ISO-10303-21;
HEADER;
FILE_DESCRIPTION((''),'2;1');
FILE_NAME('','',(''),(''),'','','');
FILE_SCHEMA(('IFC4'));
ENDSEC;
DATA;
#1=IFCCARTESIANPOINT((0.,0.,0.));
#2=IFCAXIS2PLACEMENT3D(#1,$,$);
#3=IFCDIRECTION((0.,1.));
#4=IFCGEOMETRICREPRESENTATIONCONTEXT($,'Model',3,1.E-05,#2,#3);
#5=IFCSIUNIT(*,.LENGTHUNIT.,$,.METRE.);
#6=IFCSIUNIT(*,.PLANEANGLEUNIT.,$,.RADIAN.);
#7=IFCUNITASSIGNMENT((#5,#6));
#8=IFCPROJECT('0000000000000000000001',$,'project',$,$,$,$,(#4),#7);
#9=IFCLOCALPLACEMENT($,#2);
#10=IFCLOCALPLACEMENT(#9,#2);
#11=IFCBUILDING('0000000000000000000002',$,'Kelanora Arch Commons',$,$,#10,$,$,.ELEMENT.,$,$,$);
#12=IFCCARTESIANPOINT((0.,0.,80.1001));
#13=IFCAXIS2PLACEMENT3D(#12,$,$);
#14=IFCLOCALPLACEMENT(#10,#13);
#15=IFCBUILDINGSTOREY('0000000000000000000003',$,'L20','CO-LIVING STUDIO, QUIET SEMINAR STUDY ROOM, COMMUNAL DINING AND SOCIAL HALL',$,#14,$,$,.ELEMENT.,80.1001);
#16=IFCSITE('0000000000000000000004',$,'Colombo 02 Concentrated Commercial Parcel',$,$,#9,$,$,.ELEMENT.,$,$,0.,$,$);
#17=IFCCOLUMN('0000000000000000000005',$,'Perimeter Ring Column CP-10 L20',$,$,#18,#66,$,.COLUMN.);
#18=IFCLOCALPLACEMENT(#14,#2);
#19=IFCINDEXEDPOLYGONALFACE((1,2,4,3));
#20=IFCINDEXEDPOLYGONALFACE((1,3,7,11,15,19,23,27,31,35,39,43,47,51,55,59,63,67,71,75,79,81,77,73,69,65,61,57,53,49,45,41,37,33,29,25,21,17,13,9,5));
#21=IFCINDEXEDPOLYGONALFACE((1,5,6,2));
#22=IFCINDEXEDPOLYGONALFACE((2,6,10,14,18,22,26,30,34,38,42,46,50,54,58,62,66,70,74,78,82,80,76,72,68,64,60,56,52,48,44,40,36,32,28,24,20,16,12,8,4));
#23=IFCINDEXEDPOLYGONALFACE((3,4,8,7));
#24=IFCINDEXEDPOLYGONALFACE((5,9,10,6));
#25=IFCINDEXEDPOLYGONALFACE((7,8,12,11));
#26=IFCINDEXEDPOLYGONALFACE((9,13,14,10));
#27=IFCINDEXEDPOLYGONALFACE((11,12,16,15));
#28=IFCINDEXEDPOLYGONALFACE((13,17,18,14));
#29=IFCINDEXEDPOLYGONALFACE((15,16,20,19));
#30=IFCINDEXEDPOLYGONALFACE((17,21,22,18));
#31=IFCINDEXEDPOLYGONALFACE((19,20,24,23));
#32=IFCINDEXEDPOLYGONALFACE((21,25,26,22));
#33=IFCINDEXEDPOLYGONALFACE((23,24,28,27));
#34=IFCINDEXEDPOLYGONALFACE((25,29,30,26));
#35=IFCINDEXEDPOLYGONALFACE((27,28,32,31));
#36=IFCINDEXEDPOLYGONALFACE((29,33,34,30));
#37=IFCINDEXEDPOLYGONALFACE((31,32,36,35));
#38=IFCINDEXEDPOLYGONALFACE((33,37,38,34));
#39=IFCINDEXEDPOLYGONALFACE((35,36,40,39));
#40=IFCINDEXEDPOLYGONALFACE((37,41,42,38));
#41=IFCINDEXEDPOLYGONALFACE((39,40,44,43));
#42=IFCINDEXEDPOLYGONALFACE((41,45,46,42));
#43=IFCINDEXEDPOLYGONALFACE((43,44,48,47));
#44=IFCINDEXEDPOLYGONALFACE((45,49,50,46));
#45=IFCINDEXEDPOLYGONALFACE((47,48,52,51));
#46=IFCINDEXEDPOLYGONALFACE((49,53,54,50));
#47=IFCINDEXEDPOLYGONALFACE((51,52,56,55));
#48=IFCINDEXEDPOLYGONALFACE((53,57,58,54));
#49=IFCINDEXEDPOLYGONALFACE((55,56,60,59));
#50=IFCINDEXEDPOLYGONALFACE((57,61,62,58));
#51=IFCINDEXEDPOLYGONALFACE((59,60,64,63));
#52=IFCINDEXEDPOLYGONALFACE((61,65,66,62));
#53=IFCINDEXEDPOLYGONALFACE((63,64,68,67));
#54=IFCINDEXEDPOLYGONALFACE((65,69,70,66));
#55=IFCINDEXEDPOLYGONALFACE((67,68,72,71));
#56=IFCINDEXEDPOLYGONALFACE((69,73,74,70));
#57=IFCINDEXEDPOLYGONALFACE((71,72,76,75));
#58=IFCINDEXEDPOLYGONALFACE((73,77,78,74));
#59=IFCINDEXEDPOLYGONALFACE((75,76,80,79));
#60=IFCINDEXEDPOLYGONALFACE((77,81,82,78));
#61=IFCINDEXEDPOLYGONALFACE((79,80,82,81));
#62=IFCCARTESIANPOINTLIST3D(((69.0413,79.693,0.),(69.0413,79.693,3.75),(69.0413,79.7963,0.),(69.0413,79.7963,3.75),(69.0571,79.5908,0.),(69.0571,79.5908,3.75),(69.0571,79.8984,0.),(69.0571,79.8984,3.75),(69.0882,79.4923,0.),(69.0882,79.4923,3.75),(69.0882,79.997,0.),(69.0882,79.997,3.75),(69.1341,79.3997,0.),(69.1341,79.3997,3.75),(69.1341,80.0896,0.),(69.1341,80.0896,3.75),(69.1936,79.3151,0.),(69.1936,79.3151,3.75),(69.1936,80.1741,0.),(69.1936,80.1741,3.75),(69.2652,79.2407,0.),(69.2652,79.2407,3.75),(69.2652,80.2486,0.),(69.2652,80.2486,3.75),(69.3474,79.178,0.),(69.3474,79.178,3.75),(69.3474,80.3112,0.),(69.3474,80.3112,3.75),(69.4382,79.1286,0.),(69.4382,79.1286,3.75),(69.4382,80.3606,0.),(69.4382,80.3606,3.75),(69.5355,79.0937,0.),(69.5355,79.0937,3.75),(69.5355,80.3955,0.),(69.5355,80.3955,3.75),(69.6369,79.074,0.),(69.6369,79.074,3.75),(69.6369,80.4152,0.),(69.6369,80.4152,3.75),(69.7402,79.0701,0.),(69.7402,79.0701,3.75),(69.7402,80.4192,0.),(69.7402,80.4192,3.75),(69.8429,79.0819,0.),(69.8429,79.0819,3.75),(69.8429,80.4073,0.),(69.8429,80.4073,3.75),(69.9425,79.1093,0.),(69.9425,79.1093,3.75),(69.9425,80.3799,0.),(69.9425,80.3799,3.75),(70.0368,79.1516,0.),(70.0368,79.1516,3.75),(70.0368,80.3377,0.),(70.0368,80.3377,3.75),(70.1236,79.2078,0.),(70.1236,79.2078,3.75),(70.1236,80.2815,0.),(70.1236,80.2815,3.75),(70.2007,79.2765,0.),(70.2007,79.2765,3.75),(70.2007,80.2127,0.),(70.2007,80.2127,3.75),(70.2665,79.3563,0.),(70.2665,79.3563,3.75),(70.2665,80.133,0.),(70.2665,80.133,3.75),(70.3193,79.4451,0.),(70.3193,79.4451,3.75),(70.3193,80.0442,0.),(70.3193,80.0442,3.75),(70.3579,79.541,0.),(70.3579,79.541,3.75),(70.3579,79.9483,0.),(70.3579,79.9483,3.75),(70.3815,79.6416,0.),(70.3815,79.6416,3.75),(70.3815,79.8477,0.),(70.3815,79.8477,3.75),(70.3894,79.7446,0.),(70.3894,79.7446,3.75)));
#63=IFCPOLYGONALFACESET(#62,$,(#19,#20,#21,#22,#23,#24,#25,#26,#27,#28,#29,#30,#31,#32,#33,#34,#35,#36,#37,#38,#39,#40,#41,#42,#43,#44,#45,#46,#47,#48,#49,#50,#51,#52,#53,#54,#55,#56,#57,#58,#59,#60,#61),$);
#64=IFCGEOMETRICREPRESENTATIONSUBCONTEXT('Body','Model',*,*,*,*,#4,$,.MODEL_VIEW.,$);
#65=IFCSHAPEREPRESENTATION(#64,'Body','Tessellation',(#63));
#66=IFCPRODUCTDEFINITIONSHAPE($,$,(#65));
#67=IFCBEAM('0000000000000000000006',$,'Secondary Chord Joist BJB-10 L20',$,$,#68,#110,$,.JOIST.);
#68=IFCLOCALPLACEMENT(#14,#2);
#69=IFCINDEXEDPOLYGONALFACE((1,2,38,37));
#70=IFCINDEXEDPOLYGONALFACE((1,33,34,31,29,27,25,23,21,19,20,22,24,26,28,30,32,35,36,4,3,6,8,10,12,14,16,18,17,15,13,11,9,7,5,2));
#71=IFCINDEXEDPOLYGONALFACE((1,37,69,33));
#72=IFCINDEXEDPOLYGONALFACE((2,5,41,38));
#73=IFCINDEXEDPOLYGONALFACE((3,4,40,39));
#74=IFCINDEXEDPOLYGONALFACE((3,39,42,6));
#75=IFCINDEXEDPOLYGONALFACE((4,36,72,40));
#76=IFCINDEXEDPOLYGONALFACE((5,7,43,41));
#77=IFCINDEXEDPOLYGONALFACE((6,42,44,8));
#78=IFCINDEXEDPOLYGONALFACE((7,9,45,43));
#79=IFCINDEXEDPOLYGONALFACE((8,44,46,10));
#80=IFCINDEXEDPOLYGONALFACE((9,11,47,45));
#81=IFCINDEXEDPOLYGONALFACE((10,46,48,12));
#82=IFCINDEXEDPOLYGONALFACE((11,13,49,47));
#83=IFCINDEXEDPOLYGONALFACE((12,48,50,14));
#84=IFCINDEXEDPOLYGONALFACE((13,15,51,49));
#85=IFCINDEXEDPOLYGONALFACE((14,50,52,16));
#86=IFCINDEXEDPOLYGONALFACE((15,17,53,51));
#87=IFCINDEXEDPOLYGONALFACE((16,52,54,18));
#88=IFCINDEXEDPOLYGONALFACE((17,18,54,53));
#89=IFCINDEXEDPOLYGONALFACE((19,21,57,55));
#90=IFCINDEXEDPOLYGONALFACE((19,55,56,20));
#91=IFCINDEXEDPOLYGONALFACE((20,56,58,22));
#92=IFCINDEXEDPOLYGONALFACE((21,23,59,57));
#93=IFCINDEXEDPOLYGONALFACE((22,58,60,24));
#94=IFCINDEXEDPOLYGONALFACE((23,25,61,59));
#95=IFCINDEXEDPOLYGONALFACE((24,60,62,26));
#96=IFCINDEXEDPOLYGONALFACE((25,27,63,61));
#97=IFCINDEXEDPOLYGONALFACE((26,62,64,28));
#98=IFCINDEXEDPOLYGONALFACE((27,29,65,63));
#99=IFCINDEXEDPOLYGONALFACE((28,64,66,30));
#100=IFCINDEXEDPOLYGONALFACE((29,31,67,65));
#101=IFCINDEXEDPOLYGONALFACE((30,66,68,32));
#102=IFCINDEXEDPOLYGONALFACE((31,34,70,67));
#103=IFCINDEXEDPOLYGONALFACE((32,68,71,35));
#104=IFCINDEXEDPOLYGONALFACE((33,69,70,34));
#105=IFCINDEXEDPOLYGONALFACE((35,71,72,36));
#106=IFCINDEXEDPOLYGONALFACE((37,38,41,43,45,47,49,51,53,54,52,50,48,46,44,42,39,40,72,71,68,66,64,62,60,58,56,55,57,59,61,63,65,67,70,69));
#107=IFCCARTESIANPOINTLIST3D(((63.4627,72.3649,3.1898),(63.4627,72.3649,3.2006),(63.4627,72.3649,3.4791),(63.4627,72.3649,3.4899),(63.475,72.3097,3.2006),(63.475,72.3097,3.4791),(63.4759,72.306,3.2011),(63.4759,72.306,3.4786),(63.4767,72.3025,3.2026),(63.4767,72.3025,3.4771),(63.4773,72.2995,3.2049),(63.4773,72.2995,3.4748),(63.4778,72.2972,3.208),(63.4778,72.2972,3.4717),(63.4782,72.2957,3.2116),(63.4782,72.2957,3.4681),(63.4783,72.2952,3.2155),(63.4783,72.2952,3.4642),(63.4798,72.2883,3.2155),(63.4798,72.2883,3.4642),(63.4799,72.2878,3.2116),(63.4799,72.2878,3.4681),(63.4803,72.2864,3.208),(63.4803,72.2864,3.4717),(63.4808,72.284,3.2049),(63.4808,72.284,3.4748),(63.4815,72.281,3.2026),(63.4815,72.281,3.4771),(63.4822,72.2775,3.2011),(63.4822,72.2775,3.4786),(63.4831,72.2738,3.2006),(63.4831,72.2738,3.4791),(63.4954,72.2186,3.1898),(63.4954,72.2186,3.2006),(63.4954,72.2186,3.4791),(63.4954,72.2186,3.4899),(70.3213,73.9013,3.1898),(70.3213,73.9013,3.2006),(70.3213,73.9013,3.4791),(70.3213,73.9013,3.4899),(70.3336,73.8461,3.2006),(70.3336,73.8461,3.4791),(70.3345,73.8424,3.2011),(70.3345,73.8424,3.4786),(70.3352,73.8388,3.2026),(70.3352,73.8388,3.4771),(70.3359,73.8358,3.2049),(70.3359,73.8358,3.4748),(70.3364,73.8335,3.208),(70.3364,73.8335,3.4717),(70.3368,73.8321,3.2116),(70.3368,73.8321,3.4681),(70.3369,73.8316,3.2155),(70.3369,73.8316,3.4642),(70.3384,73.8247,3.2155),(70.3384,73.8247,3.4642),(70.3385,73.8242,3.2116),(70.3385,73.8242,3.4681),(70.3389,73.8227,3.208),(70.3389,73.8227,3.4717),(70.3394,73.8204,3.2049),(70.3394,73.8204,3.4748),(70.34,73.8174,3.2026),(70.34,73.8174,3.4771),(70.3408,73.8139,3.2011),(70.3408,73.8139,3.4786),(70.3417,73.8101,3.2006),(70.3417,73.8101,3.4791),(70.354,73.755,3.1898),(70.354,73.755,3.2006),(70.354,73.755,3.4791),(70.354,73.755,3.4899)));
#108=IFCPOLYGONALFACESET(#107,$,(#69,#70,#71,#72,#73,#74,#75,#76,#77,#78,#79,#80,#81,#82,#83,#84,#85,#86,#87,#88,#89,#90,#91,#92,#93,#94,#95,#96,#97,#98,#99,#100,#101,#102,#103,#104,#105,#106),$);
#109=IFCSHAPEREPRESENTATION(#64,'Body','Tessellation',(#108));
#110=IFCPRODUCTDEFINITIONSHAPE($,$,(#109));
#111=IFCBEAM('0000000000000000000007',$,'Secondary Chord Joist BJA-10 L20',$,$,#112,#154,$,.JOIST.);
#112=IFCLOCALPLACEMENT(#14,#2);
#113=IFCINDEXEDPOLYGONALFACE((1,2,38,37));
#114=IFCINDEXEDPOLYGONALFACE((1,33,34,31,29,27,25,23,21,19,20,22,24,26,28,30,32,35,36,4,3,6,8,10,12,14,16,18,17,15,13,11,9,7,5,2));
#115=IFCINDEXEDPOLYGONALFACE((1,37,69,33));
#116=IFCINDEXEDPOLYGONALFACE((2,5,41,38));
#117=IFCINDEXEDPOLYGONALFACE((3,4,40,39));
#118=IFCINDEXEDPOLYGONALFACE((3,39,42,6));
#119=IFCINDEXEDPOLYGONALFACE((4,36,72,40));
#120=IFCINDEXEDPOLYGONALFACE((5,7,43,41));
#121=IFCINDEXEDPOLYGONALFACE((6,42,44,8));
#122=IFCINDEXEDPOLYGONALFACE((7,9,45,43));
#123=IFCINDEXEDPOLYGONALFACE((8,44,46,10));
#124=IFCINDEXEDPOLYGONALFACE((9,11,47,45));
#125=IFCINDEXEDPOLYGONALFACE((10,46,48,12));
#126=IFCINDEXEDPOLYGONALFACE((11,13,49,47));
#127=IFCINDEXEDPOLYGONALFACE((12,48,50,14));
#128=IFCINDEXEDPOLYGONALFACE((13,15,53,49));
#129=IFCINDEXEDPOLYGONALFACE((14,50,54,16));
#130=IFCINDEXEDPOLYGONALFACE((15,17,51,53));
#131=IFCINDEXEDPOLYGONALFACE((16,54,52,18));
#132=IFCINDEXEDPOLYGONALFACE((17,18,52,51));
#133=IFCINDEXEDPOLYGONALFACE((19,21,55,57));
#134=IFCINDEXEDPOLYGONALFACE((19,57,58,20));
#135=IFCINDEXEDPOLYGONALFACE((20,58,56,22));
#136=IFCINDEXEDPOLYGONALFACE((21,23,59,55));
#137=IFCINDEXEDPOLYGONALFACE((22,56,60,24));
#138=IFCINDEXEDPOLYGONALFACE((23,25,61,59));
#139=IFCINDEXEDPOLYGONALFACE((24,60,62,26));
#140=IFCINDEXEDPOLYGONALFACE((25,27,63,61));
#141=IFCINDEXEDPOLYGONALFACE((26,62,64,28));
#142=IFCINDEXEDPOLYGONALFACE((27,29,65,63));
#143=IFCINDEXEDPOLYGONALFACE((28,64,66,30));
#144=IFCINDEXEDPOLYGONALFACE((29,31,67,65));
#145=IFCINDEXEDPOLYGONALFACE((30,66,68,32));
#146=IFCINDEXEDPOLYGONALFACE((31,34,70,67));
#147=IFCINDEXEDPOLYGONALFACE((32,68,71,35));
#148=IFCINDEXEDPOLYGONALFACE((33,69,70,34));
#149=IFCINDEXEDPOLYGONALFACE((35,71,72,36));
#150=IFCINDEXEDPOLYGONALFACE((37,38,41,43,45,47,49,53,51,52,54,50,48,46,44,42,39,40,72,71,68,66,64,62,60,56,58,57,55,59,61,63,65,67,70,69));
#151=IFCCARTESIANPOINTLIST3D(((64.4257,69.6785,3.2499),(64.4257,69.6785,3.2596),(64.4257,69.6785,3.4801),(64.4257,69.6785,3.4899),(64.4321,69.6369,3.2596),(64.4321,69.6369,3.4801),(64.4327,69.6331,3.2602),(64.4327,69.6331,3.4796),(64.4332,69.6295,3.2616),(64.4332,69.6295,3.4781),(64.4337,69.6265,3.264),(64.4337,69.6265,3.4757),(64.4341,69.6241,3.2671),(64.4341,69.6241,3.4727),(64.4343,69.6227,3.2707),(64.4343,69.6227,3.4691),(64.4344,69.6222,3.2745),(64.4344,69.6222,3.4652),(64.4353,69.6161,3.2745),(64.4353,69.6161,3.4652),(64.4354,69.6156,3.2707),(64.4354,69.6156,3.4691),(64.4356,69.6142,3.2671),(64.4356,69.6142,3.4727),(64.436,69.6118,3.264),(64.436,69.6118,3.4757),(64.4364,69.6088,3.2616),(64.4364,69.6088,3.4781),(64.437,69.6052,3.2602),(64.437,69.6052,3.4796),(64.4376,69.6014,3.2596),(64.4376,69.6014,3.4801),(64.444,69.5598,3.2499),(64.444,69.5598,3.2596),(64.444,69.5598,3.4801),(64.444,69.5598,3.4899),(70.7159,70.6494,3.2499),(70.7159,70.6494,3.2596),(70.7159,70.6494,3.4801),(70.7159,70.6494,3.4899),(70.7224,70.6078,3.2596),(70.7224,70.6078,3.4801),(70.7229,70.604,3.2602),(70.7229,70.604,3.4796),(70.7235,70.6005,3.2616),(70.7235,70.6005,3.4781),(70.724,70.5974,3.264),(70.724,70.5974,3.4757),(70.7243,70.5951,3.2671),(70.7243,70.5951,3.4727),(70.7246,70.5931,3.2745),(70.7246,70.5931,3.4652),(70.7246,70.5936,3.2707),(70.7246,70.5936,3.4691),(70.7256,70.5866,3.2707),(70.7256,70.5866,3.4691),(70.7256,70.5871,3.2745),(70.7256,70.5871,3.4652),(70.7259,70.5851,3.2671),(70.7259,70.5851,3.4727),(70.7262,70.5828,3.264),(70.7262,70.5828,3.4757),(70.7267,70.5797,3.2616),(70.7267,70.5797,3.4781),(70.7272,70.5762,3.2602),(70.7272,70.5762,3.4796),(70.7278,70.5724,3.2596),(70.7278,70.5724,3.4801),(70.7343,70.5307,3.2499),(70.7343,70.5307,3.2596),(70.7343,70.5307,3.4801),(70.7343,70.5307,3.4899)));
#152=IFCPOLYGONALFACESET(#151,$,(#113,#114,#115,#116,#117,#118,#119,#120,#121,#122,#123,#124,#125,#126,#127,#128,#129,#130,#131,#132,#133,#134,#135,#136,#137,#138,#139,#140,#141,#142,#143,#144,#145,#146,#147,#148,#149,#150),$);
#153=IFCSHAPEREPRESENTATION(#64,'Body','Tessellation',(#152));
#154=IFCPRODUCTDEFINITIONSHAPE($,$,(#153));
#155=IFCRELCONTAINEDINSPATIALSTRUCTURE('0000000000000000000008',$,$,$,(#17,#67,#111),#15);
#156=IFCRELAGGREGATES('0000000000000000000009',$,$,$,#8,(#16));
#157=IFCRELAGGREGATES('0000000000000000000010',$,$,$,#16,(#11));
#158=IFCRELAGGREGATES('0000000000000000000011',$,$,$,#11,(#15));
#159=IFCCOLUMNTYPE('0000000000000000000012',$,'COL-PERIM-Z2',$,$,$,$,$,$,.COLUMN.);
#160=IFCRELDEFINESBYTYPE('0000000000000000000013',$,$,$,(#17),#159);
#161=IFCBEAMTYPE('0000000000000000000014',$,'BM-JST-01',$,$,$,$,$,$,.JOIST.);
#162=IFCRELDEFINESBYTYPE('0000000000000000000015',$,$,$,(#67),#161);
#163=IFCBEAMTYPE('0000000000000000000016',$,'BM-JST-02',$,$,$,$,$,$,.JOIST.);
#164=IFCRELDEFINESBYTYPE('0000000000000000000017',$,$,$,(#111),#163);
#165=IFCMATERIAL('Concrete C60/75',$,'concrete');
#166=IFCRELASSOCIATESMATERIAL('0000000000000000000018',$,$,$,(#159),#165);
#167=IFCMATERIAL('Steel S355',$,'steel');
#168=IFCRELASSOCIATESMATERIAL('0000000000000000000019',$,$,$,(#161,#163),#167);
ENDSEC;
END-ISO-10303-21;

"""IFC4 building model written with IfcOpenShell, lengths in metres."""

from ifc_helpers import new_model, si_unit, direction, frame, origin, origin_2d, place, context, subcontext, project, spatial, circle, i_section, extrude, material, material_profile, profile_set, type_object, element, save


model = new_model("IFC4")

# Units and contexts
model_context = context("Model", 3, precision=1e-05, world=origin(), true_north=direction((0.0, 1.0)))
body_context = subcontext(model_context, "Body", "Model", "MODEL_VIEW")
ifc_project = project(units=[si_unit("LENGTHUNIT", "METRE"), si_unit("PLANEANGLEUNIT", "RADIAN")], contexts=[model_context])

# Site, building, storey
site_placement = place(None, origin())
site = spatial("IfcSite", under=ifc_project, at=site_placement, Name="Colombo 02 Concentrated Commercial Parcel", CompositionType="ELEMENT", RefElevation=0.0)
building_placement = place(site_placement, origin())
building = spatial("IfcBuilding", under=site, at=building_placement, Name="Kelanora Arch Commons", CompositionType="ELEMENT")
storey_placement = place(building_placement, frame((0.0, 0.0, 80.1001)))
storey = spatial("IfcBuildingStorey", under=building, at=storey_placement, Name="L20", Description="CO-LIVING STUDIO, QUIET SEMINAR STUDY ROOM, COMMUNAL DINING AND SOCIAL HALL", CompositionType="ELEMENT", Elevation=80.1001)

# Column
ifc_material_1 = material(Name="Concrete C60/75", Category="concrete")
ifc_material_profile_1 = material_profile(ifc_material_1, circle(Radius=0.675, at=origin_2d()), Name="RCC1350")
ifc_profile_set_1 = profile_set([ifc_material_profile_1], Name="Concrete C60/75")
column_type = type_object("IfcColumnType", Name="COL-PERIM-Z2", PredefinedType="COLUMN", material=ifc_profile_set_1)
column_placement = place(storey_placement, frame((69.7144, 79.7446, 0.0), z_axis=(0.0, 0.0, 1.0), x_axis=(1.0, 0.0, 0.0)))
element("IfcColumn", 1, at=column_placement, inside=storey, type_object=column_type, Name="Perimeter Ring Column CP-10 L20", PredefinedType="COLUMN", context=body_context, shape_type="SweptSolid", body=[
    extrude(circle(Radius=0.675, at=origin_2d()), origin(), (0.0, 0.0, 1.0), 3.75),
])

# Beams
ifc_material_2 = material(Name="Steel S355", Category="steel")
ifc_material_profile_2 = material_profile(ifc_material_2, i_section(OverallWidth=0.1499, OverallDepth=0.3, WebThickness=0.0071, FlangeThickness=0.0107, FilletRadius=0.0149, at=origin_2d()), Name="IPE300")
ifc_profile_set_2 = profile_set([ifc_material_profile_2], Name="Steel S355")
beam_type_1 = type_object("IfcBeamType", Name="BM-JST-01", PredefinedType="JOIST", material=ifc_profile_set_2)
beam_1_placement = place(storey_placement, frame((70.3376, 73.8281, 3.3398), z_axis=(-0.975817, -0.218589, 0.0), x_axis=(0.218589, -0.975817, 0.0)))
element("IfcBeam", 2, at=beam_1_placement, inside=storey, type_object=beam_type_1, Name="Secondary Chord Joist BJB-10 L20", PredefinedType="JOIST", context=body_context, shape_type="SweptSolid", body=[
    extrude(i_section(OverallWidth=0.1499, OverallDepth=0.3, WebThickness=0.0071, FlangeThickness=0.0107, FilletRadius=0.0149, at=origin_2d()), origin(), (0.0, 0.0, 1.0), 7.0286),
])
ifc_material_profile_3 = material_profile(ifc_material_2, i_section(OverallWidth=0.1201, OverallDepth=0.24, WebThickness=0.0061, FlangeThickness=0.0098, FilletRadius=0.0149, at=origin_2d()), Name="IPE240")
ifc_profile_set_3 = profile_set([ifc_material_profile_3], Name="Steel S355")
beam_type_2 = type_object("IfcBeamType", Name="BM-JST-02", PredefinedType="JOIST", material=ifc_profile_set_3)
beam_2_placement = place(storey_placement, frame((70.7251, 70.5901, 3.3699), z_axis=(-0.988296, -0.15255, 0.0), x_axis=(0.15255, -0.988296, 0.0)))
element("IfcBeam", 3, at=beam_2_placement, inside=storey, type_object=beam_type_2, Name="Secondary Chord Joist BJA-10 L20", PredefinedType="JOIST", context=body_context, shape_type="SweptSolid", body=[
    extrude(i_section(OverallWidth=0.1201, OverallDepth=0.24, WebThickness=0.0061, FlangeThickness=0.0098, FilletRadius=0.0149, at=origin_2d()), origin(), (0.0, 0.0, 1.0), 6.3647),
])

save(model, "model.ifc")
